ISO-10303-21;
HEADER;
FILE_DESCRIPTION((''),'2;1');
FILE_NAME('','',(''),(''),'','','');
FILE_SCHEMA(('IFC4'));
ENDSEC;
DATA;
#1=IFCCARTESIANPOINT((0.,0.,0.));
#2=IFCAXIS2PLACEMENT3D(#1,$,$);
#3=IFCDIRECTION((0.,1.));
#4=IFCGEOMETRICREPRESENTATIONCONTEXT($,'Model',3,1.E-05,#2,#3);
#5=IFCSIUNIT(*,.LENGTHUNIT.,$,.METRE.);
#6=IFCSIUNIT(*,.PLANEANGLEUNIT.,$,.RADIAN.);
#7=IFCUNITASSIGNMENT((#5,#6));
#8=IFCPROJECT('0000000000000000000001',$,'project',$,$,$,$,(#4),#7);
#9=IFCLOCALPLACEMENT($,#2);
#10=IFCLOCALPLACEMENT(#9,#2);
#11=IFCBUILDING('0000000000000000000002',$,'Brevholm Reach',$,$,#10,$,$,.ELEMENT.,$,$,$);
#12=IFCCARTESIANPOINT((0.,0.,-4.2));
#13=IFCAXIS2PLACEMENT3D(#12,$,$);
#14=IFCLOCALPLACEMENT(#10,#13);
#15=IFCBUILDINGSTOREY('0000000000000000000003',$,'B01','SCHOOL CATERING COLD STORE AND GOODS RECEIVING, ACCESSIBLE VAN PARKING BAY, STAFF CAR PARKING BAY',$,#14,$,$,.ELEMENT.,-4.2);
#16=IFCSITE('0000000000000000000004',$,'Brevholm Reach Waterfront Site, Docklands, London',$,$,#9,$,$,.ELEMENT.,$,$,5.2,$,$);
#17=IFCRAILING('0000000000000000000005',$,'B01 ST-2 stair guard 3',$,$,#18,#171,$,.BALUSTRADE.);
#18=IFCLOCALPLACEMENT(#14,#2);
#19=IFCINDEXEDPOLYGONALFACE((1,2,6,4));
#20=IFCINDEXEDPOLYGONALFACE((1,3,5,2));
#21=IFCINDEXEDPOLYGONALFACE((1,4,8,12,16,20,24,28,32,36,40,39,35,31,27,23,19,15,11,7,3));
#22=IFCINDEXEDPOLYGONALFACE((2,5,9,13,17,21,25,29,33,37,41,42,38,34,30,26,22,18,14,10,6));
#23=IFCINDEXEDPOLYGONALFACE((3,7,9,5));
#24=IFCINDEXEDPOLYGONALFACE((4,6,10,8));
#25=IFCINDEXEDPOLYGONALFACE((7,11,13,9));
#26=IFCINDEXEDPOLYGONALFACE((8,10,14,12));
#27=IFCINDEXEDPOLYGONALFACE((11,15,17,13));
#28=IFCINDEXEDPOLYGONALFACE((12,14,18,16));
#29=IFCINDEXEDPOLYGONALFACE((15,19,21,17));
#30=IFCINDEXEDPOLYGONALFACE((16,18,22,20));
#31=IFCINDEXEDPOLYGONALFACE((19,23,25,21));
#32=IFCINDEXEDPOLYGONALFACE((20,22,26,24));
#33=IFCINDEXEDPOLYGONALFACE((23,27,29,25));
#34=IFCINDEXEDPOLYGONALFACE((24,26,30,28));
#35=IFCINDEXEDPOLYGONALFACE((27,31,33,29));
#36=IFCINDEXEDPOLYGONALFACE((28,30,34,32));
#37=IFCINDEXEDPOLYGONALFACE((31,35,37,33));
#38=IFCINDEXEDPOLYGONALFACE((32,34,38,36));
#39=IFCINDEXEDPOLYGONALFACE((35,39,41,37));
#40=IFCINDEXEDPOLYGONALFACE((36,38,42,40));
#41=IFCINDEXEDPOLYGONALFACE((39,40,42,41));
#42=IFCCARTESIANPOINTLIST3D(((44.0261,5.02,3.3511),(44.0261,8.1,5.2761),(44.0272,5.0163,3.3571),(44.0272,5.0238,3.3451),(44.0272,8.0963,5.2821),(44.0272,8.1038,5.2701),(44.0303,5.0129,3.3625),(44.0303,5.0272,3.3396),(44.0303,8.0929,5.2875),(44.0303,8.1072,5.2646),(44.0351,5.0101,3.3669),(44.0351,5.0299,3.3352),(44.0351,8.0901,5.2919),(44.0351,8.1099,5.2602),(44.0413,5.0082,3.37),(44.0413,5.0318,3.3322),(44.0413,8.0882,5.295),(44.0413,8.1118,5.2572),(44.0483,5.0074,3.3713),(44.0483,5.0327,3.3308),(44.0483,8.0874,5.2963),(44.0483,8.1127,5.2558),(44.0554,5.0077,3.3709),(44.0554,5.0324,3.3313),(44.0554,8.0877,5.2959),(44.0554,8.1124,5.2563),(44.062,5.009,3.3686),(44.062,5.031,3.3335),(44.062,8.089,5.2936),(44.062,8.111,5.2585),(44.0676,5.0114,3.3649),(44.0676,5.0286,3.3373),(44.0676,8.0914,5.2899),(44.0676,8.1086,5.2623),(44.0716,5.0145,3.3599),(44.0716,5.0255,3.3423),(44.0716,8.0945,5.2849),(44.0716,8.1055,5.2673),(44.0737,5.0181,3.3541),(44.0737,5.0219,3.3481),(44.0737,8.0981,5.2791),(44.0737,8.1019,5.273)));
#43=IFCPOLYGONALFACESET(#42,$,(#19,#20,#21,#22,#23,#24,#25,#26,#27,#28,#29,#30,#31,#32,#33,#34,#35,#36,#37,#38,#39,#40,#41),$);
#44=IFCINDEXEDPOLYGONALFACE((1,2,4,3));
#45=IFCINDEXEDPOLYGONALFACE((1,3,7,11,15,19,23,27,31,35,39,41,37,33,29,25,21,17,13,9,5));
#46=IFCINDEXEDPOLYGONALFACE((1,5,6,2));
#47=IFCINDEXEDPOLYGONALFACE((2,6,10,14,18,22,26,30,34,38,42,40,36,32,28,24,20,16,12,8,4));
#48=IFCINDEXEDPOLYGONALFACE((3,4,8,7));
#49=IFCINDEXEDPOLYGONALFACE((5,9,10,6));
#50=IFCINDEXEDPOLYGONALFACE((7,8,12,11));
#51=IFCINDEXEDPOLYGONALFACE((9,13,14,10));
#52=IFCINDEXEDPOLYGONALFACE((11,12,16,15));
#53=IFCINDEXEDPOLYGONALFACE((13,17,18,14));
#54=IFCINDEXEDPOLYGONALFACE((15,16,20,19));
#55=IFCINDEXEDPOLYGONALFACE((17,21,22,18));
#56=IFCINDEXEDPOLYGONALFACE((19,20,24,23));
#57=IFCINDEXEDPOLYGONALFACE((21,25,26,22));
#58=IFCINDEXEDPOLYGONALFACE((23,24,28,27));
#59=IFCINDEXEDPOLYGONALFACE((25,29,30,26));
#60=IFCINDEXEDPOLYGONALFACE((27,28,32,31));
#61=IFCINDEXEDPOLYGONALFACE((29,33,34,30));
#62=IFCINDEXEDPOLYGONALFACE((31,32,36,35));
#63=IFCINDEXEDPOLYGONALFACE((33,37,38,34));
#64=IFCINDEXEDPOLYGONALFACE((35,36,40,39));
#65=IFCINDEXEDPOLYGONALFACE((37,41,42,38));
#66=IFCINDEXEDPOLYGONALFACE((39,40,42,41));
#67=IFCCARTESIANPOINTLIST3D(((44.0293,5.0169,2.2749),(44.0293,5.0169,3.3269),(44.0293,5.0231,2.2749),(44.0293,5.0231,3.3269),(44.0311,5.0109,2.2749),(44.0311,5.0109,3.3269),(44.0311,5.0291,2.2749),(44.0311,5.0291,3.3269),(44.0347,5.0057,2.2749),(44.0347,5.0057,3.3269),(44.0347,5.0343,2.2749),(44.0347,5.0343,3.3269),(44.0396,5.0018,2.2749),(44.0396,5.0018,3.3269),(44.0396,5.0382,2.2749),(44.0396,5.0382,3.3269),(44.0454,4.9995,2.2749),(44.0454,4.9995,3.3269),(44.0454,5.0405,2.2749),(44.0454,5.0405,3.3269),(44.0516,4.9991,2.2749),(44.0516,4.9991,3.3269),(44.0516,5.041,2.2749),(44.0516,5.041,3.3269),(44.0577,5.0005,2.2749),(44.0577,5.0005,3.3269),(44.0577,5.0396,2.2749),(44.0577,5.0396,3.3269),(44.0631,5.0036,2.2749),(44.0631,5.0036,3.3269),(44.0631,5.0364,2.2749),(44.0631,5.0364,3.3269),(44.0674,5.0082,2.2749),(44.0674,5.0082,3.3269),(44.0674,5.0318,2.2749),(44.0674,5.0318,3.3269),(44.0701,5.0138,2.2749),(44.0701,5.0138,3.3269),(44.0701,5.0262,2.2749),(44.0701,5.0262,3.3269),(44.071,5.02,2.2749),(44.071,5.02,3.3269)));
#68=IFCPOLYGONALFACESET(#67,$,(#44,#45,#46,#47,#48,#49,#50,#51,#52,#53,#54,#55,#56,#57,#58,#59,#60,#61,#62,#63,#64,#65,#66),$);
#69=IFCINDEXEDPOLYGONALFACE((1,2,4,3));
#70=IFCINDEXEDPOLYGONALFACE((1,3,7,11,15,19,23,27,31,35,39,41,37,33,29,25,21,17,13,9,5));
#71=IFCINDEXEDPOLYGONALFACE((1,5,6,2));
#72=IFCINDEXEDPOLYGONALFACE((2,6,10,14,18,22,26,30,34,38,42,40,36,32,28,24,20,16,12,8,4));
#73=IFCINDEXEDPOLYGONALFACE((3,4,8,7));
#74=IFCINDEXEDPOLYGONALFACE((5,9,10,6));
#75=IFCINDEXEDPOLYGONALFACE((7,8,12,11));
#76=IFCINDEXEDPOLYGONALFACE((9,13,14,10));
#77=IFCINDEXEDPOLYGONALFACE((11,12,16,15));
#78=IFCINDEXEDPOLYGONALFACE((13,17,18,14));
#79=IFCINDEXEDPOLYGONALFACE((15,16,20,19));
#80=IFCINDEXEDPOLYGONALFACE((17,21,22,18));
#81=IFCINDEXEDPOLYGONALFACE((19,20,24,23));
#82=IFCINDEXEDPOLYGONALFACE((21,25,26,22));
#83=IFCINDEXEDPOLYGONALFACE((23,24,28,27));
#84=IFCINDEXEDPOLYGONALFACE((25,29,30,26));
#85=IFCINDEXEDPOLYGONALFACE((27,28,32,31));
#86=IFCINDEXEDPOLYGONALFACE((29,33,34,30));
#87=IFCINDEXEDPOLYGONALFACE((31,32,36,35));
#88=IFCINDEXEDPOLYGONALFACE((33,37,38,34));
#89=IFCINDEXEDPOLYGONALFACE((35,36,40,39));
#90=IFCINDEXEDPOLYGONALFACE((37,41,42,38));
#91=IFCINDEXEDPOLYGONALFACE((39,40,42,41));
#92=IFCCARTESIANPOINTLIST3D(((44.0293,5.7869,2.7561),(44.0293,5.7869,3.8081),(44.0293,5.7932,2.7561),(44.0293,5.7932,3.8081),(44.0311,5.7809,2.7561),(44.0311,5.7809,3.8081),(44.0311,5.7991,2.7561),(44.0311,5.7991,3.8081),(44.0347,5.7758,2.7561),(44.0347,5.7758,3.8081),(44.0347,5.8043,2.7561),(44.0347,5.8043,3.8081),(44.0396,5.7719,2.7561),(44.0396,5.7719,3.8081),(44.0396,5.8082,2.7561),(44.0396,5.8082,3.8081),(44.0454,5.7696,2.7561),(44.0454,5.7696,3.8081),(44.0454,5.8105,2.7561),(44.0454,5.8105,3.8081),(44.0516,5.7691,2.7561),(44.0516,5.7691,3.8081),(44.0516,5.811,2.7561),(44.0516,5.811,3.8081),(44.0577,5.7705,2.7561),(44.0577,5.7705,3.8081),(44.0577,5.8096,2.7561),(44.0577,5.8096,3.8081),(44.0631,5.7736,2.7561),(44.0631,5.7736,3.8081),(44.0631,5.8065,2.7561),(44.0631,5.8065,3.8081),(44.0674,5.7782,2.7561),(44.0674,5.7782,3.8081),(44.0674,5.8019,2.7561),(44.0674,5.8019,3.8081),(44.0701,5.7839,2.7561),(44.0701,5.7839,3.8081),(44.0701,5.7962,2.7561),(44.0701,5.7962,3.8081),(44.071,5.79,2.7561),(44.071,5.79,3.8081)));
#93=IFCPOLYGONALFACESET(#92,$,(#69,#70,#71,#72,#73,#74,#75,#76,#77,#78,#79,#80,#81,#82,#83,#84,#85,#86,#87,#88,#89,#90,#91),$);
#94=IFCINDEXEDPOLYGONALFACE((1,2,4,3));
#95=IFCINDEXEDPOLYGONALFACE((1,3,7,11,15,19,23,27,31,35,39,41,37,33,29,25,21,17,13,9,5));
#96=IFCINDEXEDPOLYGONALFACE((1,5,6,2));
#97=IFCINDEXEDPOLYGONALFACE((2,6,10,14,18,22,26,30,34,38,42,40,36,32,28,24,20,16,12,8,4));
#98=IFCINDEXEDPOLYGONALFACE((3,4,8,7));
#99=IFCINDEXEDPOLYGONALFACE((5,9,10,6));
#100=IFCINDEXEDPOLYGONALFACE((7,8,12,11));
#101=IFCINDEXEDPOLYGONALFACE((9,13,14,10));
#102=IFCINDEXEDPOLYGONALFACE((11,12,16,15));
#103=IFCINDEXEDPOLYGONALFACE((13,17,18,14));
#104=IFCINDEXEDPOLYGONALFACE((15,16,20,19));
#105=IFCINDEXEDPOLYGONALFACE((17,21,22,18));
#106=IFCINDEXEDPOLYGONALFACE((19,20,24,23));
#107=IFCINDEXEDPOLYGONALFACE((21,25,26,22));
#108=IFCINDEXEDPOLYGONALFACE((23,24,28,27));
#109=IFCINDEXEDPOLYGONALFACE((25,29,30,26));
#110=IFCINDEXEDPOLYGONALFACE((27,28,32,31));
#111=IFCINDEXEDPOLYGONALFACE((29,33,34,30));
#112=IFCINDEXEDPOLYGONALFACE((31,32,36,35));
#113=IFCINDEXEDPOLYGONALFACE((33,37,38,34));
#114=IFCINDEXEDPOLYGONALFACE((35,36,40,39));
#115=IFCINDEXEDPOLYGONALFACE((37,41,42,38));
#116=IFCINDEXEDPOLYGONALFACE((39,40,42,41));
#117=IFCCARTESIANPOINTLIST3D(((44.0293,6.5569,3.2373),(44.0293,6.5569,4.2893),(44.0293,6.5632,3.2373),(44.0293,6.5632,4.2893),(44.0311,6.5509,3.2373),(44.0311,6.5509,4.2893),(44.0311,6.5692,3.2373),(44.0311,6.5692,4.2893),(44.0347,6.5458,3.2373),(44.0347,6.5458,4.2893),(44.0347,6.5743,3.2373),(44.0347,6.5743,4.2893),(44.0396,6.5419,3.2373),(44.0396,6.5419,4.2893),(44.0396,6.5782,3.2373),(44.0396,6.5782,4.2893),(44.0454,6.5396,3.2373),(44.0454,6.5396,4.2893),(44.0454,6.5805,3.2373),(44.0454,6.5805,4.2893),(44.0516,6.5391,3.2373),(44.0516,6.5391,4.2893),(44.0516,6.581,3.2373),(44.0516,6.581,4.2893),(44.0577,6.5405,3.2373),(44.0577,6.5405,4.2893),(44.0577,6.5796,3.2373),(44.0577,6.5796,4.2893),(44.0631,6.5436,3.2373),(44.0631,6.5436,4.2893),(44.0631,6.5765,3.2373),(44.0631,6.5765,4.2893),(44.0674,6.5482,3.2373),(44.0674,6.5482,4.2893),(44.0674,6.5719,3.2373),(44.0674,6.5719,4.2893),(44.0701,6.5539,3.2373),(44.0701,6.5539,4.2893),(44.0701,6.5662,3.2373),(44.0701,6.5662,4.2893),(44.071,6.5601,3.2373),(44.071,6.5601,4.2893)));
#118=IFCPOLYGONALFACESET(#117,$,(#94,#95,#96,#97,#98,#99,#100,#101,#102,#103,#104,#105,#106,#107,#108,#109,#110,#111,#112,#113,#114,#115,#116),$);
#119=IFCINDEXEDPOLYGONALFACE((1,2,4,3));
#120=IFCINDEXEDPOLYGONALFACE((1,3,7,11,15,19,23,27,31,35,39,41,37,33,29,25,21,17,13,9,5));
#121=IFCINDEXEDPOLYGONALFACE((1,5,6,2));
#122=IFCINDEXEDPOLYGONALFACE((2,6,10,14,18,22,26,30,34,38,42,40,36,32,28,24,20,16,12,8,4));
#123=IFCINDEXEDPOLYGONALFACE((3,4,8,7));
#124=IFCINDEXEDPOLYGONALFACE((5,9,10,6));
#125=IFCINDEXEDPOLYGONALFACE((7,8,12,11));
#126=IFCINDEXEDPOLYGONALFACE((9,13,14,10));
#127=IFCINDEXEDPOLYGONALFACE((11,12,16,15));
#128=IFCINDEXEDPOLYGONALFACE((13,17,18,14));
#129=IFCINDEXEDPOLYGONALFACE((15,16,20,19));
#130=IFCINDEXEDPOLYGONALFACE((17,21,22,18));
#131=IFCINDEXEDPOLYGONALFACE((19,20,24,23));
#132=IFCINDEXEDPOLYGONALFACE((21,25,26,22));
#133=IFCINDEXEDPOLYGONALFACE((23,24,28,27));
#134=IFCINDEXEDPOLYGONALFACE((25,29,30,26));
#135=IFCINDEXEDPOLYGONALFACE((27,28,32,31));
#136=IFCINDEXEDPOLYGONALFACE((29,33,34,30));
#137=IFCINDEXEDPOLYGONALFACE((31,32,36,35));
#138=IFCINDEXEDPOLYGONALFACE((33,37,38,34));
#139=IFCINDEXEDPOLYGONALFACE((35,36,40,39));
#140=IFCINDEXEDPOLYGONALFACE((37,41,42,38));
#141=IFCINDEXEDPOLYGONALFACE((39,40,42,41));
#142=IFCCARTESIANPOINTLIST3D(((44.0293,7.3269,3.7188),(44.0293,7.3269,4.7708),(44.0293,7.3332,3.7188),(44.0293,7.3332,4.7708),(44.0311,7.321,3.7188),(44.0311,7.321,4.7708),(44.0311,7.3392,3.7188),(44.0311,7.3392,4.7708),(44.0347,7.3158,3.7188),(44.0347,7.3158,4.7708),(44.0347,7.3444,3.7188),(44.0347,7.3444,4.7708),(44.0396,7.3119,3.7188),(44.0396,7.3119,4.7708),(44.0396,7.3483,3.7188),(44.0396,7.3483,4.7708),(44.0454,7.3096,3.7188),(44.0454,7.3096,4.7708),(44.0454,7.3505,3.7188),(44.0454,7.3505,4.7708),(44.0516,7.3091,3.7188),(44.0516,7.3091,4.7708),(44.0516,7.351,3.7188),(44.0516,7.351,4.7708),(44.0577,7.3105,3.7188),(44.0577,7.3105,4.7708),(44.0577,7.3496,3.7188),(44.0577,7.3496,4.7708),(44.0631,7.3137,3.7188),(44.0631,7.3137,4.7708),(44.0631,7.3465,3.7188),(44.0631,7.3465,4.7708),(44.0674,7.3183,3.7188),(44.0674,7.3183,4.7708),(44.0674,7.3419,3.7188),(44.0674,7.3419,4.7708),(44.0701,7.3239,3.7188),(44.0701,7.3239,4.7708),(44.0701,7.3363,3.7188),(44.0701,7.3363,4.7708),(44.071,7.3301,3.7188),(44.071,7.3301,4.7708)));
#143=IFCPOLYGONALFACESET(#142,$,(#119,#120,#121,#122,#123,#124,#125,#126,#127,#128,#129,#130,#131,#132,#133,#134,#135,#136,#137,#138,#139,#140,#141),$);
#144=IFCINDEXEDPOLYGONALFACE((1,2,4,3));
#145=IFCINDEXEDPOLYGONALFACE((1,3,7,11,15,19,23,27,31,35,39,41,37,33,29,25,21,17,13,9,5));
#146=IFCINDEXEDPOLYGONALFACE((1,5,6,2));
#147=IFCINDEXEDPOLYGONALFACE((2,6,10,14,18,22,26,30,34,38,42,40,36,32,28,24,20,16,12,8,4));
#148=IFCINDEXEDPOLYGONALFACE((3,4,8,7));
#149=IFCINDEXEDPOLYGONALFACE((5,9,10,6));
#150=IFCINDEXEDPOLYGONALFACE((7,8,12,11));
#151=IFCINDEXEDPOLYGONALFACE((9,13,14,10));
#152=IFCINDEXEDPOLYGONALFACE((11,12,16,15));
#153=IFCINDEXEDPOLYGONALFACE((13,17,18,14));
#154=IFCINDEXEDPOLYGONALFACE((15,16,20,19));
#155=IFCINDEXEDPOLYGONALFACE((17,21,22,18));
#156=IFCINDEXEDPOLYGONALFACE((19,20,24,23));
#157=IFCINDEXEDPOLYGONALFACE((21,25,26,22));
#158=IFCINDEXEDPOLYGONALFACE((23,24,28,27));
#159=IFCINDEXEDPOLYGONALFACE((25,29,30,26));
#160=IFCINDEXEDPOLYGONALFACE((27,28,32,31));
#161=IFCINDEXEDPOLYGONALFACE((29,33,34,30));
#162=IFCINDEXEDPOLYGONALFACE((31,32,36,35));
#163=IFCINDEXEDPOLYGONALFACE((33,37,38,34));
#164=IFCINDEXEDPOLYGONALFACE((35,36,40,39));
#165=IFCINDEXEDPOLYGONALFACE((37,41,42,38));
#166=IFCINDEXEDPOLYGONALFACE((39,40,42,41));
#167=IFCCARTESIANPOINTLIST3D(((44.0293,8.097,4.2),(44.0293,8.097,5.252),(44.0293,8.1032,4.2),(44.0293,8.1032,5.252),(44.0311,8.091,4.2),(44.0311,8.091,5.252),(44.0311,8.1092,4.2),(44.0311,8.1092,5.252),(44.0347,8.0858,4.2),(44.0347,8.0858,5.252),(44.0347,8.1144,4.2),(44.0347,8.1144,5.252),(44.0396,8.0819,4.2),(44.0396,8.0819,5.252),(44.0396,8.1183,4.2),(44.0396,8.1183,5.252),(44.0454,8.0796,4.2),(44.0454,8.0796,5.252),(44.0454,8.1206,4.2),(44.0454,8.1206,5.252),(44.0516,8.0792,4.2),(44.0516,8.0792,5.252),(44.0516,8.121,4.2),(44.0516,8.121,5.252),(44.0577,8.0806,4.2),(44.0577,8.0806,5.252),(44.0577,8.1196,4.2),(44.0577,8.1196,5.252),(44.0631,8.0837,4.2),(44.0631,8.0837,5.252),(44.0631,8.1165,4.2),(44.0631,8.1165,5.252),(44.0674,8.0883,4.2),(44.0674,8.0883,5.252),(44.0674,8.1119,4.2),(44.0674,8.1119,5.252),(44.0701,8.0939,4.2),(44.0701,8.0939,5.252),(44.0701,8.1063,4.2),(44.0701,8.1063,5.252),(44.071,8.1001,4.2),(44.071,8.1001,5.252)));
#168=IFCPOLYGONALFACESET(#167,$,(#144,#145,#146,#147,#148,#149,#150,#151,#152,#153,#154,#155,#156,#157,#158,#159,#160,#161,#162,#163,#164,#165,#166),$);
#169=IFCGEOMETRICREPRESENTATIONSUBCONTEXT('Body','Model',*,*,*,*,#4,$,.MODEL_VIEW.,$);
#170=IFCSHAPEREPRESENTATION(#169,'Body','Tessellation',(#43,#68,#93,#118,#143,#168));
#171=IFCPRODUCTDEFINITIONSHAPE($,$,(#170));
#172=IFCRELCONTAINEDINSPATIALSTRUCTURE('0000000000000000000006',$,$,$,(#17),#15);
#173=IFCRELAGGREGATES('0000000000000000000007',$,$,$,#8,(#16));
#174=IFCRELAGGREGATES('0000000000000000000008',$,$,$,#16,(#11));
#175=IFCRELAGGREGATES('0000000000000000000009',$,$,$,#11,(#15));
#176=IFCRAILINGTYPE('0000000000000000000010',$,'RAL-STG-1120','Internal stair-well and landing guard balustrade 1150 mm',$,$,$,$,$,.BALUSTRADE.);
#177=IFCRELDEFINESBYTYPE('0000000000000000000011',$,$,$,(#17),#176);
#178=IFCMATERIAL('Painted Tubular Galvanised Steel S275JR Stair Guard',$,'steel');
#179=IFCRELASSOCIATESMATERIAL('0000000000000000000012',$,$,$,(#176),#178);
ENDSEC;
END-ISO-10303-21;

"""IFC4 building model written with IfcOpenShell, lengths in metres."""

from ifc_helpers import new_model, si_unit, direction, frame, origin, origin_2d, place, context, subcontext, project, spatial, circle, extrude, material, type_object, element, save


model = new_model("IFC4")

# Units and contexts
model_context = context("Model", 3, precision=1e-05, world=origin(), true_north=direction((0.0, 1.0)))
body_context = subcontext(model_context, "Body", "Model", "MODEL_VIEW")
ifc_project = project(units=[si_unit("LENGTHUNIT", "METRE"), si_unit("PLANEANGLEUNIT", "RADIAN")], contexts=[model_context])

# Site, building, storey
site_placement = place(None, origin())
site = spatial("IfcSite", under=ifc_project, at=site_placement, Name="Brevholm Reach Waterfront Site, Docklands, London", CompositionType="ELEMENT", RefElevation=5.2)
building_placement = place(site_placement, origin())
building = spatial("IfcBuilding", under=site, at=building_placement, Name="Brevholm Reach", CompositionType="ELEMENT")
storey_placement = place(building_placement, frame((0.0, 0.0, -4.2)))
storey = spatial("IfcBuildingStorey", under=building, at=storey_placement, Name="B01", Description="SCHOOL CATERING COLD STORE AND GOODS RECEIVING, ACCESSIBLE VAN PARKING BAY, STAFF CAR PARKING BAY", CompositionType="ELEMENT", Elevation=-4.2)

# Railing
ifc_material_1 = material(Name="Painted Tubular Galvanised Steel S275JR Stair Guard", Category="steel")
railing_type_1 = type_object("IfcRailingType", Name="RAL-STG-1120", Description="Internal stair-well and landing guard balustrade 1150 mm", PredefinedType="BALUSTRADE", material=ifc_material_1)
railing_1_placement = place(storey_placement, frame((44.05, 5.02, 2.2749)))
element("IfcRailing", 1, at=railing_1_placement, inside=storey, type_object=railing_type_1, Name="B01 ST-2 stair guard 3", PredefinedType="BALUSTRADE", context=body_context, shape_type="SweptSolid", body=[
    extrude(circle(Radius=0.0239, at=origin_2d()), frame((0.0, 0.0, 1.0762), z_axis=(0.0, 0.847998, 0.529999), x_axis=(-1.0, 0.0, 0.0)), (0.0, 0.0, 1.0), 3.6321),
    extrude(circle(Radius=0.021, at=origin_2d()), origin(), (0.0, 0.0, 1.0), 1.052),
    extrude(circle(Radius=0.021, at=origin_2d()), frame((0.0, 0.77, 0.4812)), (0.0, 0.0, 1.0), 1.052),
    extrude(circle(Radius=0.021, at=origin_2d()), frame((0.0, 1.54, 0.9624)), (0.0, 0.0, 1.0), 1.052),
    extrude(circle(Radius=0.021, at=origin_2d()), frame((0.0, 2.3101, 1.4438)), (0.0, 0.0, 1.0), 1.052),
    extrude(circle(Radius=0.021, at=origin_2d()), frame((0.0, 3.0801, 1.925)), (0.0, 0.0, 1.0), 1.052),
])

save(model, "model.ifc")
